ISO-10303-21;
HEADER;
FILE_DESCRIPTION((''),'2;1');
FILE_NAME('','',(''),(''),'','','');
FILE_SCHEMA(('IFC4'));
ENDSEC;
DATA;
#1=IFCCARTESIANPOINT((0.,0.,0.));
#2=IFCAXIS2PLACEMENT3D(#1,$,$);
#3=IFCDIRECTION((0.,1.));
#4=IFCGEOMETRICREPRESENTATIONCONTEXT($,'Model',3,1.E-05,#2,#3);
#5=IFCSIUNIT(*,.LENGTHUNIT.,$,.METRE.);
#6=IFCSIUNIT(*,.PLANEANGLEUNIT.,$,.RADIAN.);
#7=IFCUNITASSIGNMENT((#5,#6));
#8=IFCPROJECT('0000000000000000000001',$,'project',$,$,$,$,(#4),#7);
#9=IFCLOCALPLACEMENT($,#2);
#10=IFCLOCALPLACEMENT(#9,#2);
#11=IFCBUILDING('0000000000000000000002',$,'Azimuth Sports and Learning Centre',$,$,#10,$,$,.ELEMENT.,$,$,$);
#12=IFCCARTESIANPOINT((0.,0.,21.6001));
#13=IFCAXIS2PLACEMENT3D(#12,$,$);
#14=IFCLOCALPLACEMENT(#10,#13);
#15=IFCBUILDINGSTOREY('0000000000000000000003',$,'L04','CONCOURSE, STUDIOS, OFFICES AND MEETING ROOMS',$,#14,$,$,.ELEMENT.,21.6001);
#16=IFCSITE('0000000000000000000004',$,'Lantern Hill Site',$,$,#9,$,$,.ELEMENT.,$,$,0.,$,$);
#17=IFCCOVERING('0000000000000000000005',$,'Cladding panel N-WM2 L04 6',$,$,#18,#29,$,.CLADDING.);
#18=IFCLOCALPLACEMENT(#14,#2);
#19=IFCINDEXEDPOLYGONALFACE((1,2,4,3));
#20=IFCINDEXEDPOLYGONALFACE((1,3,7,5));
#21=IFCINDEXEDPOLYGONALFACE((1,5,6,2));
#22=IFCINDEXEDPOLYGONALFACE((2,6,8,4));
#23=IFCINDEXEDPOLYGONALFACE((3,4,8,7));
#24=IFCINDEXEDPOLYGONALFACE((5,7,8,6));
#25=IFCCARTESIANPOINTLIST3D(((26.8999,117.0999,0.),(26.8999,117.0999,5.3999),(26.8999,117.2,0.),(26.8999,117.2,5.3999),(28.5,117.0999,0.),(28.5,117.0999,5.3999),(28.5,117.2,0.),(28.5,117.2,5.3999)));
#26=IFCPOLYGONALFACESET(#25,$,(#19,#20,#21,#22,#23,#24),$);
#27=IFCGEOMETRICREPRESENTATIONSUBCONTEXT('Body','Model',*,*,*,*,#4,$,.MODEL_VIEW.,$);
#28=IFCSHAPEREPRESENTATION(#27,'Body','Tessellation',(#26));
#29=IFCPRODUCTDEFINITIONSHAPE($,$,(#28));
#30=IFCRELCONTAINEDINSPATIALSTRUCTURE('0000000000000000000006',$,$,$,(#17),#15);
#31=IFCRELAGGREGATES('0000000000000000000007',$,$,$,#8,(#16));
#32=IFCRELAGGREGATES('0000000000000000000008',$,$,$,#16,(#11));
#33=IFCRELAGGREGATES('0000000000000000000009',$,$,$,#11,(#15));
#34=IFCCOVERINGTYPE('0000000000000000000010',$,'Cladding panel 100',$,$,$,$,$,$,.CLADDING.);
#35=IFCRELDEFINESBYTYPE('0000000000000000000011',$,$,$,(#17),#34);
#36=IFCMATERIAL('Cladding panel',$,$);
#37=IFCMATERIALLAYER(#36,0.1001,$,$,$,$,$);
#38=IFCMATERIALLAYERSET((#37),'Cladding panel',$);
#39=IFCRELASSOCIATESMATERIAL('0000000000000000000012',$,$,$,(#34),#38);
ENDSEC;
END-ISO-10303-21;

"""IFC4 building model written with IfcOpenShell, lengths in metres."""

from ifc_helpers import new_model, si_unit, direction, frame, origin, origin_2d, place, context, subcontext, project, spatial, rectangle, extrude, material, layer, layer_set, type_object, element, save


model = new_model("IFC4")

# Units and contexts
model_context = context("Model", 3, precision=1e-05, world=origin(), true_north=direction((0.0, 1.0)))
body_context = subcontext(model_context, "Body", "Model", "MODEL_VIEW")
ifc_project = project(units=[si_unit("LENGTHUNIT", "METRE"), si_unit("PLANEANGLEUNIT", "RADIAN")], contexts=[model_context])

# Site, building, storey
site_placement = place(None, origin())
site = spatial("IfcSite", under=ifc_project, at=site_placement, Name="Lantern Hill Site", CompositionType="ELEMENT", RefElevation=0.0)
building_placement = place(site_placement, origin())
building = spatial("IfcBuilding", under=site, at=building_placement, Name="Azimuth Sports and Learning Centre", CompositionType="ELEMENT")
storey_placement = place(building_placement, frame((0.0, 0.0, 21.6001)))
storey = spatial("IfcBuildingStorey", under=building, at=storey_placement, Name="L04", Description="CONCOURSE, STUDIOS, OFFICES AND MEETING ROOMS", CompositionType="ELEMENT", Elevation=21.6001)

# Covering
ifc_material_1 = material(Name="Cladding panel")
ifc_layer_1 = layer(ifc_material_1, 0.1001)
ifc_layer_set_1 = layer_set([ifc_layer_1], Name="Cladding panel")
covering_type = type_object("IfcCoveringType", Name="Cladding panel 100", PredefinedType="CLADDING", material=ifc_layer_set_1)
covering_1_placement = place(storey_placement, frame((27.7, 117.1499, 0.0), z_axis=(0.0, 0.0, 1.0), x_axis=(-1.0, 0.0, 0.0)))
element("IfcCovering", 1, at=covering_1_placement, inside=storey, type_object=covering_type, Name="Cladding panel N-WM2 L04 6", PredefinedType="CLADDING", context=body_context, shape_type="SweptSolid", body=[
    extrude(rectangle(XDim=1.6001, YDim=0.1001, at=origin_2d()), origin(), (0.0, 0.0, 1.0), 5.3999),
])

save(model, "model.ifc")
